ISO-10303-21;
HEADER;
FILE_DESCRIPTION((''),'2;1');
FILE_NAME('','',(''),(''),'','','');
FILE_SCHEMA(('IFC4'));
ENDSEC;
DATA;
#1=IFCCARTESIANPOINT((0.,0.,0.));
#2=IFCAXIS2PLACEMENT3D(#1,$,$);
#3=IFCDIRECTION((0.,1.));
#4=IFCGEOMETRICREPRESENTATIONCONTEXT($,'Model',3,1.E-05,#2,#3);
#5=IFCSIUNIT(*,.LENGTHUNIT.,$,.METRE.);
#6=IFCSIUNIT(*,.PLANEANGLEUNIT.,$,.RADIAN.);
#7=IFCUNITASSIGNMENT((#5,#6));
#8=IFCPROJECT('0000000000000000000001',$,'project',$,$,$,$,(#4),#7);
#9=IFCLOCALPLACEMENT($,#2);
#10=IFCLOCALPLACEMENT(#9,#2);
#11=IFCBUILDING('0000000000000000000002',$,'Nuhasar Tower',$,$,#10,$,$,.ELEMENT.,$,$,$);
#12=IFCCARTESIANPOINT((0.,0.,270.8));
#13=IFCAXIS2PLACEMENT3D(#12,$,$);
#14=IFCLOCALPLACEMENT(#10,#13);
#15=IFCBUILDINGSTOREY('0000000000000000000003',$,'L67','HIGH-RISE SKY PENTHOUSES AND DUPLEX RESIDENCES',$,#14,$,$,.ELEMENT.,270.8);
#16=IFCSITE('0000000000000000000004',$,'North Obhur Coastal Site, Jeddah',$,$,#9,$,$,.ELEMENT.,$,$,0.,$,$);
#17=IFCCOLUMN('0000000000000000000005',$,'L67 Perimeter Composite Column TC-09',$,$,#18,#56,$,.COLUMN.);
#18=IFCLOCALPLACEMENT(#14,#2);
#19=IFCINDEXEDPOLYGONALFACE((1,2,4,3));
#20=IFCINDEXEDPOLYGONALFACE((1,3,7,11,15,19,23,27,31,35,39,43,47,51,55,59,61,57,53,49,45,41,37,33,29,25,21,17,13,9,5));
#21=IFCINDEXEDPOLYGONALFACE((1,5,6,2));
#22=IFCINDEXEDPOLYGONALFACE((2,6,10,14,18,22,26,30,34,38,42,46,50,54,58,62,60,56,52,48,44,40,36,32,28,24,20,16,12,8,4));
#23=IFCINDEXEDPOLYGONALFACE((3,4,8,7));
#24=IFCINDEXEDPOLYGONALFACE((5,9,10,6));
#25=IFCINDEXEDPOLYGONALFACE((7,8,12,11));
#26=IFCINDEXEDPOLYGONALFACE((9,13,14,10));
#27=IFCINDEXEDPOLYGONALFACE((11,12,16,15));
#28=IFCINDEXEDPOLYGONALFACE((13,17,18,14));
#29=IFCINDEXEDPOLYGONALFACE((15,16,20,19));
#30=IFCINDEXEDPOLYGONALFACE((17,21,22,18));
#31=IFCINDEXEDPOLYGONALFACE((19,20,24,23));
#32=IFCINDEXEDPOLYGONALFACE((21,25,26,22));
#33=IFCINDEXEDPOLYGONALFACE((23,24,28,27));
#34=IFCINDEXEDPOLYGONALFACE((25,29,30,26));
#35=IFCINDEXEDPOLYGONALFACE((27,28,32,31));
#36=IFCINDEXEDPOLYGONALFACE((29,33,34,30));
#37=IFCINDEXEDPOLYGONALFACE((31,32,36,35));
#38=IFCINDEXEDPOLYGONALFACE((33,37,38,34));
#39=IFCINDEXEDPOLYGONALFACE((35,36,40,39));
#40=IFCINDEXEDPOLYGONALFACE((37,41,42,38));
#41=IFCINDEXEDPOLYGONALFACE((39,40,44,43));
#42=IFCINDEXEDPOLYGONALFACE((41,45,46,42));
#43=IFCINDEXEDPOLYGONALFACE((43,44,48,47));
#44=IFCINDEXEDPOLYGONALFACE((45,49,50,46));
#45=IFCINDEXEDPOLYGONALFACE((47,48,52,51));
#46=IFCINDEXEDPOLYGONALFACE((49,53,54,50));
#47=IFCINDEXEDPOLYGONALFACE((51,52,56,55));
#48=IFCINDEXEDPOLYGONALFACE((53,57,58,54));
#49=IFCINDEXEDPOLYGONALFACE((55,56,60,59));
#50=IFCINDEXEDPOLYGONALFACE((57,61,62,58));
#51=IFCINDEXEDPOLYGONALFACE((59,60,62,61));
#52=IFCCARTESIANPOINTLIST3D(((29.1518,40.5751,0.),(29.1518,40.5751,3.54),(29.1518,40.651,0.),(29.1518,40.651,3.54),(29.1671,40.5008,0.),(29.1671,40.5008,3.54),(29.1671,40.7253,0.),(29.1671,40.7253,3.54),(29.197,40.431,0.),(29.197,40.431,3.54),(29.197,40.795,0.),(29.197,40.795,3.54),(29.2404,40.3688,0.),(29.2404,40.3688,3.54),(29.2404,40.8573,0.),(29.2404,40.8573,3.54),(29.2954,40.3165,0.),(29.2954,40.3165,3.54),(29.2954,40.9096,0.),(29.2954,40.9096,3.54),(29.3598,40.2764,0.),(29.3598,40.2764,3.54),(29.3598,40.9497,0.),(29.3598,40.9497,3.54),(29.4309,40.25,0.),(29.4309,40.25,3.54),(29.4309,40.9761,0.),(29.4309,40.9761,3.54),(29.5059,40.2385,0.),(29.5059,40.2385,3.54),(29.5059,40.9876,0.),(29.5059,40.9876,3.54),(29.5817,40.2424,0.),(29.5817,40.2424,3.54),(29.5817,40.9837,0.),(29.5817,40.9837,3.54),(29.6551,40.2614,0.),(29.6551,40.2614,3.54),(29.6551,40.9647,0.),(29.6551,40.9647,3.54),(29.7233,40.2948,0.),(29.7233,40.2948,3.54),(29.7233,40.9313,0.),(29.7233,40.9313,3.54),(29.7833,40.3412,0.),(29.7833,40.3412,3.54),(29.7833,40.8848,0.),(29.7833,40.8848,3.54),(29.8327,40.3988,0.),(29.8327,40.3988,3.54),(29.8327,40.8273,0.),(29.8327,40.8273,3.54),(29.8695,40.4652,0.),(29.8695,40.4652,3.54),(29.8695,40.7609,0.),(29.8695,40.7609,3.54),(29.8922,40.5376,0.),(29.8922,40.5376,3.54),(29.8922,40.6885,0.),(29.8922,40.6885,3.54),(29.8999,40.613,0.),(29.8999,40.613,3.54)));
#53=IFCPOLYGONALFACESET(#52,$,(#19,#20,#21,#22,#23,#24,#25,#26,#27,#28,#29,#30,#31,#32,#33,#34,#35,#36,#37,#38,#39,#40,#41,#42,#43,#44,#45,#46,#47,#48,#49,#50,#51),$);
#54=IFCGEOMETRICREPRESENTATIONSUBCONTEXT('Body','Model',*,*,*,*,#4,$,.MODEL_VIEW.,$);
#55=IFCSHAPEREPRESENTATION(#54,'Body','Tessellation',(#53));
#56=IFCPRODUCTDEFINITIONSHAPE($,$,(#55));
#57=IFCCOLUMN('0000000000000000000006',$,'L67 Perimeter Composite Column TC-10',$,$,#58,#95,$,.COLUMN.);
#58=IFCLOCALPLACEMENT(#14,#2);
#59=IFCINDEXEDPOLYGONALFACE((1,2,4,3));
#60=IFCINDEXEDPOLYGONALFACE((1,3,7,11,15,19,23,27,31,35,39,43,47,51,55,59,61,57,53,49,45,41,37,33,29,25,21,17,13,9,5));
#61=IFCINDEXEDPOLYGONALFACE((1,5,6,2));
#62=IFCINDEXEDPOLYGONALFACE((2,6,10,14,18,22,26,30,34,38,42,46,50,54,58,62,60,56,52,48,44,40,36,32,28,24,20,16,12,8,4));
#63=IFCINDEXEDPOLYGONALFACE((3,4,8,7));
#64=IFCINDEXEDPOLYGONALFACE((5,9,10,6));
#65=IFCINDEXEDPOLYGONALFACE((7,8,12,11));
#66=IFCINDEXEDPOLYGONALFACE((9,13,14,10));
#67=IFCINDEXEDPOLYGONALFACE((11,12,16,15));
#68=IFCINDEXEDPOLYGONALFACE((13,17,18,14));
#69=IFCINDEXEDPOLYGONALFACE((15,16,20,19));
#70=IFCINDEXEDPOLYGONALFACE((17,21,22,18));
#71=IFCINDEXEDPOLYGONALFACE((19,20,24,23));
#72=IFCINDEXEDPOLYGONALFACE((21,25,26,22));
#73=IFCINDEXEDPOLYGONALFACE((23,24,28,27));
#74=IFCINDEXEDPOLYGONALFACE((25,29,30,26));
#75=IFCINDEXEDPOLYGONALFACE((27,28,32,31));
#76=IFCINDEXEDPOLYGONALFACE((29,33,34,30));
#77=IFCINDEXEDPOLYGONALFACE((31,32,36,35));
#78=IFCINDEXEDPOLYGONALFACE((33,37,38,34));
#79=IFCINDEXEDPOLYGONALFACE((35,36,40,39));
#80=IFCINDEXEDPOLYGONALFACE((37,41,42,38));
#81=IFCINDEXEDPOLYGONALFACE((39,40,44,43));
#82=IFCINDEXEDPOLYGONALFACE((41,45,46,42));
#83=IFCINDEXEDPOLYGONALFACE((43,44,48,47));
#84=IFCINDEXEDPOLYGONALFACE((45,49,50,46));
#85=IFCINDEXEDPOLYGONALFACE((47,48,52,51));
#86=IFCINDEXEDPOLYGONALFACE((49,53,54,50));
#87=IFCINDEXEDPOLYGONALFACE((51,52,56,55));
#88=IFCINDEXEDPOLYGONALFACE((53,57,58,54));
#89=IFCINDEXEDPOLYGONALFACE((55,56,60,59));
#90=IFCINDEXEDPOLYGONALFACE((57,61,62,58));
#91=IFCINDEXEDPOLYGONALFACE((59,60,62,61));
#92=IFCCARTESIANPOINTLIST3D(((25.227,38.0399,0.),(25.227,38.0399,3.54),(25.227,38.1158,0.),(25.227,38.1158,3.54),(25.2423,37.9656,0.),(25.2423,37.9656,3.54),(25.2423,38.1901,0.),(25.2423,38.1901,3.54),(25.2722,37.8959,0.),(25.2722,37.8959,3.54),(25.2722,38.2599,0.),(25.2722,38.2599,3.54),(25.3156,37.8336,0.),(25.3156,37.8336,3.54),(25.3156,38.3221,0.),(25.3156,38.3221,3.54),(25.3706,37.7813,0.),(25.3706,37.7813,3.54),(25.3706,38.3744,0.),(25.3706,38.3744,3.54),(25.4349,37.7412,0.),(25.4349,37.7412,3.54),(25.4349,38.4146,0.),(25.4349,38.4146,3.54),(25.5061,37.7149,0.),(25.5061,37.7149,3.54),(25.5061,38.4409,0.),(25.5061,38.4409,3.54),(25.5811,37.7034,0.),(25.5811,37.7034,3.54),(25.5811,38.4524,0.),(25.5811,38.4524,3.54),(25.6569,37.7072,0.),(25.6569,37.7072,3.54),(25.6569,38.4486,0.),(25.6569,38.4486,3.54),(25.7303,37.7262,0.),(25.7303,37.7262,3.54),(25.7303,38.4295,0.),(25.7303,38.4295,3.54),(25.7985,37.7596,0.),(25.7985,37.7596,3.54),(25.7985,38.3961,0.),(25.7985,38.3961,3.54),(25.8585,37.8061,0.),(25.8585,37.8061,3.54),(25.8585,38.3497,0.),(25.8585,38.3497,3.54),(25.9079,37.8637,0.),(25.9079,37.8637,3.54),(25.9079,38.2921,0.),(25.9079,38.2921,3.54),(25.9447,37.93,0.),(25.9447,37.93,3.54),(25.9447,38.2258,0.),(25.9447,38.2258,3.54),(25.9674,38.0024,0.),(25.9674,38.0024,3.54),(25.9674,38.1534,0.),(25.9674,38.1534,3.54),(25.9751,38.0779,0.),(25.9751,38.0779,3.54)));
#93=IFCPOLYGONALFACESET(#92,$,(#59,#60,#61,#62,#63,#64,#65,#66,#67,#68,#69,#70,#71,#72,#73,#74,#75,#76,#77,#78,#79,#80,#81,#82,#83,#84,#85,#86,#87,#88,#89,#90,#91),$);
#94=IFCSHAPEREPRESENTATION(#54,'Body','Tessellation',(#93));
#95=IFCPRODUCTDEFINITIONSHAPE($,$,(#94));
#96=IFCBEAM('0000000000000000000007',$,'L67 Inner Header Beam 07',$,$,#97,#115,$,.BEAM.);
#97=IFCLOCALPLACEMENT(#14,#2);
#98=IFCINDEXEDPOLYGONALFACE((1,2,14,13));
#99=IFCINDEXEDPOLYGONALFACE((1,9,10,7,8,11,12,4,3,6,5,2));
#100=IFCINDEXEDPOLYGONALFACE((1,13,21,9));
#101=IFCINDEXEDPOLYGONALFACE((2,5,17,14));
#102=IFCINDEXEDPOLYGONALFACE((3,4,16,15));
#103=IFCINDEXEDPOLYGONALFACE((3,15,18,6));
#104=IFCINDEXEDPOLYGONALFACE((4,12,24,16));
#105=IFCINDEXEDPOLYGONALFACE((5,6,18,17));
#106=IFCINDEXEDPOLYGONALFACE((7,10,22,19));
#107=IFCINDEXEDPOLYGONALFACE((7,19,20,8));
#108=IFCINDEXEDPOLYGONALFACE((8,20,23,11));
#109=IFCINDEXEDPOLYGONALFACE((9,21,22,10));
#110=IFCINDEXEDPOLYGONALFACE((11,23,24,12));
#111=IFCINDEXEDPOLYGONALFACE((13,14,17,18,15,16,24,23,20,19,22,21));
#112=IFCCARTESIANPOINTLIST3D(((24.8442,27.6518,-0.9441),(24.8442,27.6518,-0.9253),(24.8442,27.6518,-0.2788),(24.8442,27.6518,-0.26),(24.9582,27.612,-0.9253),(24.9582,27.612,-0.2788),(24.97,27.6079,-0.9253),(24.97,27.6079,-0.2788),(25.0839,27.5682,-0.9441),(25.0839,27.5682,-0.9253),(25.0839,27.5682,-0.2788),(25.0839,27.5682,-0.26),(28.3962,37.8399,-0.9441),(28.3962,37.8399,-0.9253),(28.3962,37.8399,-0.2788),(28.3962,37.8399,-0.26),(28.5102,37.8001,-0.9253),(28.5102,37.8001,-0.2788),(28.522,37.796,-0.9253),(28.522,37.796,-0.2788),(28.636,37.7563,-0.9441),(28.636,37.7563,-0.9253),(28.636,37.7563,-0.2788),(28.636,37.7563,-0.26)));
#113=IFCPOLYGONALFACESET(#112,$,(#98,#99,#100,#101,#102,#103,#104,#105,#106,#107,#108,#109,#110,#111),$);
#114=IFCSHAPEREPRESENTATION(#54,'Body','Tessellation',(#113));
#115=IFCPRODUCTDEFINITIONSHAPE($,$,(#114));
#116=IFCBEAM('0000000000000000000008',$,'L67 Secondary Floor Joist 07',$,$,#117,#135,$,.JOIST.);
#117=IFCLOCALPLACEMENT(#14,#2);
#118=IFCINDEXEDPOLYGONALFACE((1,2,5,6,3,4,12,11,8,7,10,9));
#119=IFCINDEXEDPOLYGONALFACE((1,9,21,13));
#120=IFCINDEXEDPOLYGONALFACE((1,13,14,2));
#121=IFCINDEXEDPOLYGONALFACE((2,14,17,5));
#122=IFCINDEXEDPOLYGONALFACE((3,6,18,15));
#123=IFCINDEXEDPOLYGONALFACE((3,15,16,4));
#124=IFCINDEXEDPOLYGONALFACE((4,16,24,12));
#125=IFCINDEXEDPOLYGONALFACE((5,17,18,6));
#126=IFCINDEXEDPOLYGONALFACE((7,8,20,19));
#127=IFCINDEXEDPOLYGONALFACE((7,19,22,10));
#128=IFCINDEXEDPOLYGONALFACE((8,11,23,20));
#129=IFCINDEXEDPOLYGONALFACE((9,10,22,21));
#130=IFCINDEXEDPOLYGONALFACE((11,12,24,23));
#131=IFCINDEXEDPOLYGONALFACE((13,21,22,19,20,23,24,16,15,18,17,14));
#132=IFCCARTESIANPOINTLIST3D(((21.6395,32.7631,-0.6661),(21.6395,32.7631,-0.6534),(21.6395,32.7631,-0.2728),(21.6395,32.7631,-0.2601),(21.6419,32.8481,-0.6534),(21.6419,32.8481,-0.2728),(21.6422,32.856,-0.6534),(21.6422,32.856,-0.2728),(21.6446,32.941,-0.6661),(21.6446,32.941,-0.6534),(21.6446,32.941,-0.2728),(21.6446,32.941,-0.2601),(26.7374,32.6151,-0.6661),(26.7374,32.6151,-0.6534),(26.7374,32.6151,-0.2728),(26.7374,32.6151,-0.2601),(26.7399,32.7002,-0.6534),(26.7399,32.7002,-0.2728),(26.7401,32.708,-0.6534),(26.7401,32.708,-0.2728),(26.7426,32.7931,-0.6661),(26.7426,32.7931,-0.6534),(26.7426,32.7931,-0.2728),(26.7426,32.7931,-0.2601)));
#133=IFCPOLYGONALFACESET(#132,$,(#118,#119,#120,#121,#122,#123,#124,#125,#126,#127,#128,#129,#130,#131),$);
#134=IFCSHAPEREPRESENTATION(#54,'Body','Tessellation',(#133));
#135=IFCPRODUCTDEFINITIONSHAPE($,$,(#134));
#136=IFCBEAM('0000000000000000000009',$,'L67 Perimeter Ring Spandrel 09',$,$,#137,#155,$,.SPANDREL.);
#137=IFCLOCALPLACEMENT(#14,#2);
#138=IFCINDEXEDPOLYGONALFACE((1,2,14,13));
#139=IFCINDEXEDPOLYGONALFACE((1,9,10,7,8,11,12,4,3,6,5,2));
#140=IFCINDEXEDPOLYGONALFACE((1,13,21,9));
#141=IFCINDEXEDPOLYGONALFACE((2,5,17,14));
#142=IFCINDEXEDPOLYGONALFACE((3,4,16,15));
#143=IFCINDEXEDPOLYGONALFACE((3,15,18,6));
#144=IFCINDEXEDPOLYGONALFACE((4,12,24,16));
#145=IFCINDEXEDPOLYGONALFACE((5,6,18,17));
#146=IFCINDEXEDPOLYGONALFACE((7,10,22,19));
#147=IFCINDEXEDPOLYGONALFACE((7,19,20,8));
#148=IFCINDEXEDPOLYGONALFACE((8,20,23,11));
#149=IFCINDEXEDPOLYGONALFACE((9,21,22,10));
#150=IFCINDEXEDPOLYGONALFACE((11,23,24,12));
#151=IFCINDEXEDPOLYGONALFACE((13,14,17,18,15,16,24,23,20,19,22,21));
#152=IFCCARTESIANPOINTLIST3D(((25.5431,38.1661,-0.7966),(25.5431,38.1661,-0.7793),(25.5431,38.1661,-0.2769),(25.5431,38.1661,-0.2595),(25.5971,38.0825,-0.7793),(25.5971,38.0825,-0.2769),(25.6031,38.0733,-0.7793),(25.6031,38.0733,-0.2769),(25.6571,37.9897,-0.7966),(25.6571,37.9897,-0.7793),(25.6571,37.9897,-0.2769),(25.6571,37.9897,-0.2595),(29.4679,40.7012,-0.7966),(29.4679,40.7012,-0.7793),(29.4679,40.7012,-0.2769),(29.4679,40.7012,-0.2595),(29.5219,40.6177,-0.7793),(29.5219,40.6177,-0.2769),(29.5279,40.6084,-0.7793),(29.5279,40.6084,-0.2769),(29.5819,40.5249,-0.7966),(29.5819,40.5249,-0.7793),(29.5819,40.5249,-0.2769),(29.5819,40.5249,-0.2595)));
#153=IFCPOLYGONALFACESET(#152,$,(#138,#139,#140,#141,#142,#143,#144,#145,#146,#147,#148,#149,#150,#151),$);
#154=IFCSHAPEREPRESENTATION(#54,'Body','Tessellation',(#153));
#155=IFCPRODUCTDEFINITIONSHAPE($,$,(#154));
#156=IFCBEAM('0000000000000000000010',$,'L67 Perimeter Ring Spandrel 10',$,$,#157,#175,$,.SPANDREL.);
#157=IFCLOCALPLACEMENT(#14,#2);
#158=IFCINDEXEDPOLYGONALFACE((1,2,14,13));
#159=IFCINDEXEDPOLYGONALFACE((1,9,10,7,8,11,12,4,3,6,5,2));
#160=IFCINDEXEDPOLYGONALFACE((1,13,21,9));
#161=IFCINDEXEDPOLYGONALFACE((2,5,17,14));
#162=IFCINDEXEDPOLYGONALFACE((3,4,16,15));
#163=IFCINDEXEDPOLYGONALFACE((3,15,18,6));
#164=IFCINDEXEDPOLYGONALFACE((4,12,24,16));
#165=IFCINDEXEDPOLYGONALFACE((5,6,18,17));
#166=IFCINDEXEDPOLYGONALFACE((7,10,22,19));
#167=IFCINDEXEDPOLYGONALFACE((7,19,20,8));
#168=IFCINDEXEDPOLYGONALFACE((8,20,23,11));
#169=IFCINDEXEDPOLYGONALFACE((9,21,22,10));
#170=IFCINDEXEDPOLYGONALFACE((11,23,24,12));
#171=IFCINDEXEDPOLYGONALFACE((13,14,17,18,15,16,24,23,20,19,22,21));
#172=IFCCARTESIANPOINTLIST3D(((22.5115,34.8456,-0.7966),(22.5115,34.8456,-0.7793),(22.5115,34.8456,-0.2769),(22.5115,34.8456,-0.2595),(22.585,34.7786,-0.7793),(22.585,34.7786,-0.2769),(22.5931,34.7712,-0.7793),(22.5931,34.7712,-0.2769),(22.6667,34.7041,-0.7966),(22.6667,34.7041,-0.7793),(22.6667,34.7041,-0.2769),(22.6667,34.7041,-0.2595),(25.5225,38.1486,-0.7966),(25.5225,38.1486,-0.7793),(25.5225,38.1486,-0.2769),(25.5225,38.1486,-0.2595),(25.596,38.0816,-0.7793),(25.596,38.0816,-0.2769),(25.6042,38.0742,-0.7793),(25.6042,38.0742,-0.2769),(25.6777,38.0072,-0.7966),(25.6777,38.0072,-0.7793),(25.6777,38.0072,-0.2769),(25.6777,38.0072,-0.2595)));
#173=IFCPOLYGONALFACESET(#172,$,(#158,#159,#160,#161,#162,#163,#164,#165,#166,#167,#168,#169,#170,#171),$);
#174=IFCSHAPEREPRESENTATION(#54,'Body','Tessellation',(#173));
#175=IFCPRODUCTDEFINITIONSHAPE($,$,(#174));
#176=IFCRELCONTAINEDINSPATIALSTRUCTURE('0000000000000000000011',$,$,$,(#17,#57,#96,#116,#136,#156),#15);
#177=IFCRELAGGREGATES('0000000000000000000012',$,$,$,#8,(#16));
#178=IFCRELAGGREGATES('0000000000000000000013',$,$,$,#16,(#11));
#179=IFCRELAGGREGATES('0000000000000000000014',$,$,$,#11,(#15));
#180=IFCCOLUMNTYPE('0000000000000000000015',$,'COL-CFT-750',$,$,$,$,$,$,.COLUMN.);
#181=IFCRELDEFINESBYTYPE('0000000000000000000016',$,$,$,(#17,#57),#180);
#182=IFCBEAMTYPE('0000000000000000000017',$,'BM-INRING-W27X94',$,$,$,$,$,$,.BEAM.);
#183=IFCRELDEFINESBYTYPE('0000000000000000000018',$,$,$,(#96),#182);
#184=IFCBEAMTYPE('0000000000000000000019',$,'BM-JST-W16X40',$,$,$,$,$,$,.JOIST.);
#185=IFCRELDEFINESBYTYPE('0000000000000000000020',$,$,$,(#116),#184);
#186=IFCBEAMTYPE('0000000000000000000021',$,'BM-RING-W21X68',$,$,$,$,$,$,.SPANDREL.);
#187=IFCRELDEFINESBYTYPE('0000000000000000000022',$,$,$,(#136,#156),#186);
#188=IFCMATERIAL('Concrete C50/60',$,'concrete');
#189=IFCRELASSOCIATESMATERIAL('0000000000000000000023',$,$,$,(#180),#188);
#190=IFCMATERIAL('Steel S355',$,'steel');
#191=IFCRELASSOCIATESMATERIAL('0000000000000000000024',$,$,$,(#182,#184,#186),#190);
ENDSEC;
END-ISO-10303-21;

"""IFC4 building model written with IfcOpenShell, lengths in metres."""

from ifc_helpers import new_model, si_unit, direction, frame, origin, origin_2d, place, context, subcontext, project, spatial, circle, i_section, extrude, material, material_profile, profile_set, type_object, element, save


model = new_model("IFC4")

# Units and contexts
model_context = context("Model", 3, precision=1e-05, world=origin(), true_north=direction((0.0, 1.0)))
body_context = subcontext(model_context, "Body", "Model", "MODEL_VIEW")
ifc_project = project(units=[si_unit("LENGTHUNIT", "METRE"), si_unit("PLANEANGLEUNIT", "RADIAN")], contexts=[model_context])

# Site, building, storey
site_placement = place(None, origin())
site = spatial("IfcSite", under=ifc_project, at=site_placement, Name="North Obhur Coastal Site, Jeddah", CompositionType="ELEMENT", RefElevation=0.0)
building_placement = place(site_placement, origin())
building = spatial("IfcBuilding", under=site, at=building_placement, Name="Nuhasar Tower", CompositionType="ELEMENT")
storey_placement = place(building_placement, frame((0.0, 0.0, 270.8)))
storey = spatial("IfcBuildingStorey", under=building, at=storey_placement, Name="L67", Description="HIGH-RISE SKY PENTHOUSES AND DUPLEX RESIDENCES", CompositionType="ELEMENT", Elevation=270.8)

# Columns
ifc_material_1 = material(Name="Concrete C50/60", Category="concrete")
ifc_material_profile_1 = material_profile(ifc_material_1, circle(Radius=0.375, at=origin_2d()), Name="CFT750")
ifc_profile_set_1 = profile_set([ifc_material_profile_1], Name="Concrete C50/60")
column_type = type_object("IfcColumnType", Name="COL-CFT-750", PredefinedType="COLUMN", material=ifc_profile_set_1)
for number, where, z_axis, x_axis, name in (
    (1, (29.5249, 40.613, 0.0), (0.0, 0.0, 1.0), (1.0, 0.0, 0.0), "L67 Perimeter Composite Column TC-09"),
    (2, (25.6001, 38.0779, 0.0), (0.0, 0.0, 1.0), (1.0, 0.0, 0.0), "L67 Perimeter Composite Column TC-10"),
):
    element("IfcColumn", number, at=place(storey_placement, frame(where, z_axis=z_axis, x_axis=x_axis)), inside=storey, type_object=column_type, Name=name, PredefinedType="COLUMN", context=body_context, shape_type="SweptSolid", body=[
        extrude(circle(Radius=0.375, at=origin_2d()), origin(), (0.0, 0.0, 1.0), 3.54),
    ])

# Beams
ifc_material_2 = material(Name="Steel S355", Category="steel")
ifc_material_profile_2 = material_profile(ifc_material_2, i_section(OverallWidth=0.2539, OverallDepth=0.6841, WebThickness=0.0125, FlangeThickness=0.0188, at=origin_2d()), Name="W27X94")
ifc_profile_set_2 = profile_set([ifc_material_profile_2], Name="Steel S355")
beam_type_1 = type_object("IfcBeamType", Name="BM-INRING-W27X94", PredefinedType="BEAM", material=ifc_profile_set_2)
beam_1_placement = place(storey_placement, frame((28.5161, 37.7981, -0.6021), z_axis=(-0.329211, -0.944256, 0.0), x_axis=(0.944256, -0.329211, 0.0)))
element("IfcBeam", 3, at=beam_1_placement, inside=storey, type_object=beam_type_1, Name="L67 Inner Header Beam 07", PredefinedType="BEAM", context=body_context, shape_type="SweptSolid", body=[
    extrude(i_section(OverallWidth=0.2539, OverallDepth=0.6841, WebThickness=0.0125, FlangeThickness=0.0188, at=origin_2d()), origin(), (0.0, 0.0, 1.0), 10.7896),
])
ifc_material_profile_3 = material_profile(ifc_material_2, i_section(OverallWidth=0.178, OverallDepth=0.406, WebThickness=0.0078, FlangeThickness=0.0127, at=origin_2d()), Name="W16X40")
ifc_profile_set_3 = profile_set([ifc_material_profile_3], Name="Steel S355")
beam_type_2 = type_object("IfcBeamType", Name="BM-JST-W16X40", PredefinedType="JOIST", material=ifc_profile_set_3)
beam_2_placement = place(storey_placement, frame((26.74, 32.7041, -0.4631), z_axis=(-0.999579, 0.029009, 0.0), x_axis=(-0.029009, -0.999579, 0.0)))
element("IfcBeam", 4, at=beam_2_placement, inside=storey, type_object=beam_type_2, Name="L67 Secondary Floor Joist 07", PredefinedType="JOIST", context=body_context, shape_type="SweptSolid", body=[
    extrude(i_section(OverallWidth=0.178, OverallDepth=0.406, WebThickness=0.0078, FlangeThickness=0.0127, at=origin_2d()), origin(), (0.0, 0.0, 1.0), 5.1001),
])
ifc_material_profile_4 = material_profile(ifc_material_2, i_section(OverallWidth=0.21, OverallDepth=0.5371, WebThickness=0.011, FlangeThickness=0.0173, at=origin_2d()), Name="W21X68")
ifc_profile_set_4 = profile_set([ifc_material_profile_4], Name="Steel S355")
beam_type_3 = type_object("IfcBeamType", Name="BM-RING-W21X68", PredefinedType="SPANDREL", material=ifc_profile_set_4)
beam_3_placement = place(storey_placement, frame((29.5249, 40.613, -0.5281), z_axis=(-0.840002, -0.542584, 0.0), x_axis=(0.542584, -0.840002, 0.0)))
element("IfcBeam", 5, at=beam_3_placement, inside=storey, type_object=beam_type_3, Name="L67 Perimeter Ring Spandrel 09", PredefinedType="SPANDREL", context=body_context, shape_type="SweptSolid", body=[
    extrude(i_section(OverallWidth=0.21, OverallDepth=0.5371, WebThickness=0.011, FlangeThickness=0.0173, at=origin_2d()), origin(), (0.0, 0.0, 1.0), 4.6724),
])
beam_4_placement = place(storey_placement, frame((25.6001, 38.0779, -0.5281), z_axis=(-0.673686, -0.739017, 0.0), x_axis=(0.739017, -0.673686, 0.0)))
element("IfcBeam", 6, at=beam_4_placement, inside=storey, type_object=beam_type_3, Name="L67 Perimeter Ring Spandrel 10", PredefinedType="SPANDREL", context=body_context, shape_type="SweptSolid", body=[
    extrude(i_section(OverallWidth=0.21, OverallDepth=0.5371, WebThickness=0.011, FlangeThickness=0.0173, at=origin_2d()), origin(), (0.0, 0.0, 1.0), 4.4695),
])

save(model, "model.ifc")
